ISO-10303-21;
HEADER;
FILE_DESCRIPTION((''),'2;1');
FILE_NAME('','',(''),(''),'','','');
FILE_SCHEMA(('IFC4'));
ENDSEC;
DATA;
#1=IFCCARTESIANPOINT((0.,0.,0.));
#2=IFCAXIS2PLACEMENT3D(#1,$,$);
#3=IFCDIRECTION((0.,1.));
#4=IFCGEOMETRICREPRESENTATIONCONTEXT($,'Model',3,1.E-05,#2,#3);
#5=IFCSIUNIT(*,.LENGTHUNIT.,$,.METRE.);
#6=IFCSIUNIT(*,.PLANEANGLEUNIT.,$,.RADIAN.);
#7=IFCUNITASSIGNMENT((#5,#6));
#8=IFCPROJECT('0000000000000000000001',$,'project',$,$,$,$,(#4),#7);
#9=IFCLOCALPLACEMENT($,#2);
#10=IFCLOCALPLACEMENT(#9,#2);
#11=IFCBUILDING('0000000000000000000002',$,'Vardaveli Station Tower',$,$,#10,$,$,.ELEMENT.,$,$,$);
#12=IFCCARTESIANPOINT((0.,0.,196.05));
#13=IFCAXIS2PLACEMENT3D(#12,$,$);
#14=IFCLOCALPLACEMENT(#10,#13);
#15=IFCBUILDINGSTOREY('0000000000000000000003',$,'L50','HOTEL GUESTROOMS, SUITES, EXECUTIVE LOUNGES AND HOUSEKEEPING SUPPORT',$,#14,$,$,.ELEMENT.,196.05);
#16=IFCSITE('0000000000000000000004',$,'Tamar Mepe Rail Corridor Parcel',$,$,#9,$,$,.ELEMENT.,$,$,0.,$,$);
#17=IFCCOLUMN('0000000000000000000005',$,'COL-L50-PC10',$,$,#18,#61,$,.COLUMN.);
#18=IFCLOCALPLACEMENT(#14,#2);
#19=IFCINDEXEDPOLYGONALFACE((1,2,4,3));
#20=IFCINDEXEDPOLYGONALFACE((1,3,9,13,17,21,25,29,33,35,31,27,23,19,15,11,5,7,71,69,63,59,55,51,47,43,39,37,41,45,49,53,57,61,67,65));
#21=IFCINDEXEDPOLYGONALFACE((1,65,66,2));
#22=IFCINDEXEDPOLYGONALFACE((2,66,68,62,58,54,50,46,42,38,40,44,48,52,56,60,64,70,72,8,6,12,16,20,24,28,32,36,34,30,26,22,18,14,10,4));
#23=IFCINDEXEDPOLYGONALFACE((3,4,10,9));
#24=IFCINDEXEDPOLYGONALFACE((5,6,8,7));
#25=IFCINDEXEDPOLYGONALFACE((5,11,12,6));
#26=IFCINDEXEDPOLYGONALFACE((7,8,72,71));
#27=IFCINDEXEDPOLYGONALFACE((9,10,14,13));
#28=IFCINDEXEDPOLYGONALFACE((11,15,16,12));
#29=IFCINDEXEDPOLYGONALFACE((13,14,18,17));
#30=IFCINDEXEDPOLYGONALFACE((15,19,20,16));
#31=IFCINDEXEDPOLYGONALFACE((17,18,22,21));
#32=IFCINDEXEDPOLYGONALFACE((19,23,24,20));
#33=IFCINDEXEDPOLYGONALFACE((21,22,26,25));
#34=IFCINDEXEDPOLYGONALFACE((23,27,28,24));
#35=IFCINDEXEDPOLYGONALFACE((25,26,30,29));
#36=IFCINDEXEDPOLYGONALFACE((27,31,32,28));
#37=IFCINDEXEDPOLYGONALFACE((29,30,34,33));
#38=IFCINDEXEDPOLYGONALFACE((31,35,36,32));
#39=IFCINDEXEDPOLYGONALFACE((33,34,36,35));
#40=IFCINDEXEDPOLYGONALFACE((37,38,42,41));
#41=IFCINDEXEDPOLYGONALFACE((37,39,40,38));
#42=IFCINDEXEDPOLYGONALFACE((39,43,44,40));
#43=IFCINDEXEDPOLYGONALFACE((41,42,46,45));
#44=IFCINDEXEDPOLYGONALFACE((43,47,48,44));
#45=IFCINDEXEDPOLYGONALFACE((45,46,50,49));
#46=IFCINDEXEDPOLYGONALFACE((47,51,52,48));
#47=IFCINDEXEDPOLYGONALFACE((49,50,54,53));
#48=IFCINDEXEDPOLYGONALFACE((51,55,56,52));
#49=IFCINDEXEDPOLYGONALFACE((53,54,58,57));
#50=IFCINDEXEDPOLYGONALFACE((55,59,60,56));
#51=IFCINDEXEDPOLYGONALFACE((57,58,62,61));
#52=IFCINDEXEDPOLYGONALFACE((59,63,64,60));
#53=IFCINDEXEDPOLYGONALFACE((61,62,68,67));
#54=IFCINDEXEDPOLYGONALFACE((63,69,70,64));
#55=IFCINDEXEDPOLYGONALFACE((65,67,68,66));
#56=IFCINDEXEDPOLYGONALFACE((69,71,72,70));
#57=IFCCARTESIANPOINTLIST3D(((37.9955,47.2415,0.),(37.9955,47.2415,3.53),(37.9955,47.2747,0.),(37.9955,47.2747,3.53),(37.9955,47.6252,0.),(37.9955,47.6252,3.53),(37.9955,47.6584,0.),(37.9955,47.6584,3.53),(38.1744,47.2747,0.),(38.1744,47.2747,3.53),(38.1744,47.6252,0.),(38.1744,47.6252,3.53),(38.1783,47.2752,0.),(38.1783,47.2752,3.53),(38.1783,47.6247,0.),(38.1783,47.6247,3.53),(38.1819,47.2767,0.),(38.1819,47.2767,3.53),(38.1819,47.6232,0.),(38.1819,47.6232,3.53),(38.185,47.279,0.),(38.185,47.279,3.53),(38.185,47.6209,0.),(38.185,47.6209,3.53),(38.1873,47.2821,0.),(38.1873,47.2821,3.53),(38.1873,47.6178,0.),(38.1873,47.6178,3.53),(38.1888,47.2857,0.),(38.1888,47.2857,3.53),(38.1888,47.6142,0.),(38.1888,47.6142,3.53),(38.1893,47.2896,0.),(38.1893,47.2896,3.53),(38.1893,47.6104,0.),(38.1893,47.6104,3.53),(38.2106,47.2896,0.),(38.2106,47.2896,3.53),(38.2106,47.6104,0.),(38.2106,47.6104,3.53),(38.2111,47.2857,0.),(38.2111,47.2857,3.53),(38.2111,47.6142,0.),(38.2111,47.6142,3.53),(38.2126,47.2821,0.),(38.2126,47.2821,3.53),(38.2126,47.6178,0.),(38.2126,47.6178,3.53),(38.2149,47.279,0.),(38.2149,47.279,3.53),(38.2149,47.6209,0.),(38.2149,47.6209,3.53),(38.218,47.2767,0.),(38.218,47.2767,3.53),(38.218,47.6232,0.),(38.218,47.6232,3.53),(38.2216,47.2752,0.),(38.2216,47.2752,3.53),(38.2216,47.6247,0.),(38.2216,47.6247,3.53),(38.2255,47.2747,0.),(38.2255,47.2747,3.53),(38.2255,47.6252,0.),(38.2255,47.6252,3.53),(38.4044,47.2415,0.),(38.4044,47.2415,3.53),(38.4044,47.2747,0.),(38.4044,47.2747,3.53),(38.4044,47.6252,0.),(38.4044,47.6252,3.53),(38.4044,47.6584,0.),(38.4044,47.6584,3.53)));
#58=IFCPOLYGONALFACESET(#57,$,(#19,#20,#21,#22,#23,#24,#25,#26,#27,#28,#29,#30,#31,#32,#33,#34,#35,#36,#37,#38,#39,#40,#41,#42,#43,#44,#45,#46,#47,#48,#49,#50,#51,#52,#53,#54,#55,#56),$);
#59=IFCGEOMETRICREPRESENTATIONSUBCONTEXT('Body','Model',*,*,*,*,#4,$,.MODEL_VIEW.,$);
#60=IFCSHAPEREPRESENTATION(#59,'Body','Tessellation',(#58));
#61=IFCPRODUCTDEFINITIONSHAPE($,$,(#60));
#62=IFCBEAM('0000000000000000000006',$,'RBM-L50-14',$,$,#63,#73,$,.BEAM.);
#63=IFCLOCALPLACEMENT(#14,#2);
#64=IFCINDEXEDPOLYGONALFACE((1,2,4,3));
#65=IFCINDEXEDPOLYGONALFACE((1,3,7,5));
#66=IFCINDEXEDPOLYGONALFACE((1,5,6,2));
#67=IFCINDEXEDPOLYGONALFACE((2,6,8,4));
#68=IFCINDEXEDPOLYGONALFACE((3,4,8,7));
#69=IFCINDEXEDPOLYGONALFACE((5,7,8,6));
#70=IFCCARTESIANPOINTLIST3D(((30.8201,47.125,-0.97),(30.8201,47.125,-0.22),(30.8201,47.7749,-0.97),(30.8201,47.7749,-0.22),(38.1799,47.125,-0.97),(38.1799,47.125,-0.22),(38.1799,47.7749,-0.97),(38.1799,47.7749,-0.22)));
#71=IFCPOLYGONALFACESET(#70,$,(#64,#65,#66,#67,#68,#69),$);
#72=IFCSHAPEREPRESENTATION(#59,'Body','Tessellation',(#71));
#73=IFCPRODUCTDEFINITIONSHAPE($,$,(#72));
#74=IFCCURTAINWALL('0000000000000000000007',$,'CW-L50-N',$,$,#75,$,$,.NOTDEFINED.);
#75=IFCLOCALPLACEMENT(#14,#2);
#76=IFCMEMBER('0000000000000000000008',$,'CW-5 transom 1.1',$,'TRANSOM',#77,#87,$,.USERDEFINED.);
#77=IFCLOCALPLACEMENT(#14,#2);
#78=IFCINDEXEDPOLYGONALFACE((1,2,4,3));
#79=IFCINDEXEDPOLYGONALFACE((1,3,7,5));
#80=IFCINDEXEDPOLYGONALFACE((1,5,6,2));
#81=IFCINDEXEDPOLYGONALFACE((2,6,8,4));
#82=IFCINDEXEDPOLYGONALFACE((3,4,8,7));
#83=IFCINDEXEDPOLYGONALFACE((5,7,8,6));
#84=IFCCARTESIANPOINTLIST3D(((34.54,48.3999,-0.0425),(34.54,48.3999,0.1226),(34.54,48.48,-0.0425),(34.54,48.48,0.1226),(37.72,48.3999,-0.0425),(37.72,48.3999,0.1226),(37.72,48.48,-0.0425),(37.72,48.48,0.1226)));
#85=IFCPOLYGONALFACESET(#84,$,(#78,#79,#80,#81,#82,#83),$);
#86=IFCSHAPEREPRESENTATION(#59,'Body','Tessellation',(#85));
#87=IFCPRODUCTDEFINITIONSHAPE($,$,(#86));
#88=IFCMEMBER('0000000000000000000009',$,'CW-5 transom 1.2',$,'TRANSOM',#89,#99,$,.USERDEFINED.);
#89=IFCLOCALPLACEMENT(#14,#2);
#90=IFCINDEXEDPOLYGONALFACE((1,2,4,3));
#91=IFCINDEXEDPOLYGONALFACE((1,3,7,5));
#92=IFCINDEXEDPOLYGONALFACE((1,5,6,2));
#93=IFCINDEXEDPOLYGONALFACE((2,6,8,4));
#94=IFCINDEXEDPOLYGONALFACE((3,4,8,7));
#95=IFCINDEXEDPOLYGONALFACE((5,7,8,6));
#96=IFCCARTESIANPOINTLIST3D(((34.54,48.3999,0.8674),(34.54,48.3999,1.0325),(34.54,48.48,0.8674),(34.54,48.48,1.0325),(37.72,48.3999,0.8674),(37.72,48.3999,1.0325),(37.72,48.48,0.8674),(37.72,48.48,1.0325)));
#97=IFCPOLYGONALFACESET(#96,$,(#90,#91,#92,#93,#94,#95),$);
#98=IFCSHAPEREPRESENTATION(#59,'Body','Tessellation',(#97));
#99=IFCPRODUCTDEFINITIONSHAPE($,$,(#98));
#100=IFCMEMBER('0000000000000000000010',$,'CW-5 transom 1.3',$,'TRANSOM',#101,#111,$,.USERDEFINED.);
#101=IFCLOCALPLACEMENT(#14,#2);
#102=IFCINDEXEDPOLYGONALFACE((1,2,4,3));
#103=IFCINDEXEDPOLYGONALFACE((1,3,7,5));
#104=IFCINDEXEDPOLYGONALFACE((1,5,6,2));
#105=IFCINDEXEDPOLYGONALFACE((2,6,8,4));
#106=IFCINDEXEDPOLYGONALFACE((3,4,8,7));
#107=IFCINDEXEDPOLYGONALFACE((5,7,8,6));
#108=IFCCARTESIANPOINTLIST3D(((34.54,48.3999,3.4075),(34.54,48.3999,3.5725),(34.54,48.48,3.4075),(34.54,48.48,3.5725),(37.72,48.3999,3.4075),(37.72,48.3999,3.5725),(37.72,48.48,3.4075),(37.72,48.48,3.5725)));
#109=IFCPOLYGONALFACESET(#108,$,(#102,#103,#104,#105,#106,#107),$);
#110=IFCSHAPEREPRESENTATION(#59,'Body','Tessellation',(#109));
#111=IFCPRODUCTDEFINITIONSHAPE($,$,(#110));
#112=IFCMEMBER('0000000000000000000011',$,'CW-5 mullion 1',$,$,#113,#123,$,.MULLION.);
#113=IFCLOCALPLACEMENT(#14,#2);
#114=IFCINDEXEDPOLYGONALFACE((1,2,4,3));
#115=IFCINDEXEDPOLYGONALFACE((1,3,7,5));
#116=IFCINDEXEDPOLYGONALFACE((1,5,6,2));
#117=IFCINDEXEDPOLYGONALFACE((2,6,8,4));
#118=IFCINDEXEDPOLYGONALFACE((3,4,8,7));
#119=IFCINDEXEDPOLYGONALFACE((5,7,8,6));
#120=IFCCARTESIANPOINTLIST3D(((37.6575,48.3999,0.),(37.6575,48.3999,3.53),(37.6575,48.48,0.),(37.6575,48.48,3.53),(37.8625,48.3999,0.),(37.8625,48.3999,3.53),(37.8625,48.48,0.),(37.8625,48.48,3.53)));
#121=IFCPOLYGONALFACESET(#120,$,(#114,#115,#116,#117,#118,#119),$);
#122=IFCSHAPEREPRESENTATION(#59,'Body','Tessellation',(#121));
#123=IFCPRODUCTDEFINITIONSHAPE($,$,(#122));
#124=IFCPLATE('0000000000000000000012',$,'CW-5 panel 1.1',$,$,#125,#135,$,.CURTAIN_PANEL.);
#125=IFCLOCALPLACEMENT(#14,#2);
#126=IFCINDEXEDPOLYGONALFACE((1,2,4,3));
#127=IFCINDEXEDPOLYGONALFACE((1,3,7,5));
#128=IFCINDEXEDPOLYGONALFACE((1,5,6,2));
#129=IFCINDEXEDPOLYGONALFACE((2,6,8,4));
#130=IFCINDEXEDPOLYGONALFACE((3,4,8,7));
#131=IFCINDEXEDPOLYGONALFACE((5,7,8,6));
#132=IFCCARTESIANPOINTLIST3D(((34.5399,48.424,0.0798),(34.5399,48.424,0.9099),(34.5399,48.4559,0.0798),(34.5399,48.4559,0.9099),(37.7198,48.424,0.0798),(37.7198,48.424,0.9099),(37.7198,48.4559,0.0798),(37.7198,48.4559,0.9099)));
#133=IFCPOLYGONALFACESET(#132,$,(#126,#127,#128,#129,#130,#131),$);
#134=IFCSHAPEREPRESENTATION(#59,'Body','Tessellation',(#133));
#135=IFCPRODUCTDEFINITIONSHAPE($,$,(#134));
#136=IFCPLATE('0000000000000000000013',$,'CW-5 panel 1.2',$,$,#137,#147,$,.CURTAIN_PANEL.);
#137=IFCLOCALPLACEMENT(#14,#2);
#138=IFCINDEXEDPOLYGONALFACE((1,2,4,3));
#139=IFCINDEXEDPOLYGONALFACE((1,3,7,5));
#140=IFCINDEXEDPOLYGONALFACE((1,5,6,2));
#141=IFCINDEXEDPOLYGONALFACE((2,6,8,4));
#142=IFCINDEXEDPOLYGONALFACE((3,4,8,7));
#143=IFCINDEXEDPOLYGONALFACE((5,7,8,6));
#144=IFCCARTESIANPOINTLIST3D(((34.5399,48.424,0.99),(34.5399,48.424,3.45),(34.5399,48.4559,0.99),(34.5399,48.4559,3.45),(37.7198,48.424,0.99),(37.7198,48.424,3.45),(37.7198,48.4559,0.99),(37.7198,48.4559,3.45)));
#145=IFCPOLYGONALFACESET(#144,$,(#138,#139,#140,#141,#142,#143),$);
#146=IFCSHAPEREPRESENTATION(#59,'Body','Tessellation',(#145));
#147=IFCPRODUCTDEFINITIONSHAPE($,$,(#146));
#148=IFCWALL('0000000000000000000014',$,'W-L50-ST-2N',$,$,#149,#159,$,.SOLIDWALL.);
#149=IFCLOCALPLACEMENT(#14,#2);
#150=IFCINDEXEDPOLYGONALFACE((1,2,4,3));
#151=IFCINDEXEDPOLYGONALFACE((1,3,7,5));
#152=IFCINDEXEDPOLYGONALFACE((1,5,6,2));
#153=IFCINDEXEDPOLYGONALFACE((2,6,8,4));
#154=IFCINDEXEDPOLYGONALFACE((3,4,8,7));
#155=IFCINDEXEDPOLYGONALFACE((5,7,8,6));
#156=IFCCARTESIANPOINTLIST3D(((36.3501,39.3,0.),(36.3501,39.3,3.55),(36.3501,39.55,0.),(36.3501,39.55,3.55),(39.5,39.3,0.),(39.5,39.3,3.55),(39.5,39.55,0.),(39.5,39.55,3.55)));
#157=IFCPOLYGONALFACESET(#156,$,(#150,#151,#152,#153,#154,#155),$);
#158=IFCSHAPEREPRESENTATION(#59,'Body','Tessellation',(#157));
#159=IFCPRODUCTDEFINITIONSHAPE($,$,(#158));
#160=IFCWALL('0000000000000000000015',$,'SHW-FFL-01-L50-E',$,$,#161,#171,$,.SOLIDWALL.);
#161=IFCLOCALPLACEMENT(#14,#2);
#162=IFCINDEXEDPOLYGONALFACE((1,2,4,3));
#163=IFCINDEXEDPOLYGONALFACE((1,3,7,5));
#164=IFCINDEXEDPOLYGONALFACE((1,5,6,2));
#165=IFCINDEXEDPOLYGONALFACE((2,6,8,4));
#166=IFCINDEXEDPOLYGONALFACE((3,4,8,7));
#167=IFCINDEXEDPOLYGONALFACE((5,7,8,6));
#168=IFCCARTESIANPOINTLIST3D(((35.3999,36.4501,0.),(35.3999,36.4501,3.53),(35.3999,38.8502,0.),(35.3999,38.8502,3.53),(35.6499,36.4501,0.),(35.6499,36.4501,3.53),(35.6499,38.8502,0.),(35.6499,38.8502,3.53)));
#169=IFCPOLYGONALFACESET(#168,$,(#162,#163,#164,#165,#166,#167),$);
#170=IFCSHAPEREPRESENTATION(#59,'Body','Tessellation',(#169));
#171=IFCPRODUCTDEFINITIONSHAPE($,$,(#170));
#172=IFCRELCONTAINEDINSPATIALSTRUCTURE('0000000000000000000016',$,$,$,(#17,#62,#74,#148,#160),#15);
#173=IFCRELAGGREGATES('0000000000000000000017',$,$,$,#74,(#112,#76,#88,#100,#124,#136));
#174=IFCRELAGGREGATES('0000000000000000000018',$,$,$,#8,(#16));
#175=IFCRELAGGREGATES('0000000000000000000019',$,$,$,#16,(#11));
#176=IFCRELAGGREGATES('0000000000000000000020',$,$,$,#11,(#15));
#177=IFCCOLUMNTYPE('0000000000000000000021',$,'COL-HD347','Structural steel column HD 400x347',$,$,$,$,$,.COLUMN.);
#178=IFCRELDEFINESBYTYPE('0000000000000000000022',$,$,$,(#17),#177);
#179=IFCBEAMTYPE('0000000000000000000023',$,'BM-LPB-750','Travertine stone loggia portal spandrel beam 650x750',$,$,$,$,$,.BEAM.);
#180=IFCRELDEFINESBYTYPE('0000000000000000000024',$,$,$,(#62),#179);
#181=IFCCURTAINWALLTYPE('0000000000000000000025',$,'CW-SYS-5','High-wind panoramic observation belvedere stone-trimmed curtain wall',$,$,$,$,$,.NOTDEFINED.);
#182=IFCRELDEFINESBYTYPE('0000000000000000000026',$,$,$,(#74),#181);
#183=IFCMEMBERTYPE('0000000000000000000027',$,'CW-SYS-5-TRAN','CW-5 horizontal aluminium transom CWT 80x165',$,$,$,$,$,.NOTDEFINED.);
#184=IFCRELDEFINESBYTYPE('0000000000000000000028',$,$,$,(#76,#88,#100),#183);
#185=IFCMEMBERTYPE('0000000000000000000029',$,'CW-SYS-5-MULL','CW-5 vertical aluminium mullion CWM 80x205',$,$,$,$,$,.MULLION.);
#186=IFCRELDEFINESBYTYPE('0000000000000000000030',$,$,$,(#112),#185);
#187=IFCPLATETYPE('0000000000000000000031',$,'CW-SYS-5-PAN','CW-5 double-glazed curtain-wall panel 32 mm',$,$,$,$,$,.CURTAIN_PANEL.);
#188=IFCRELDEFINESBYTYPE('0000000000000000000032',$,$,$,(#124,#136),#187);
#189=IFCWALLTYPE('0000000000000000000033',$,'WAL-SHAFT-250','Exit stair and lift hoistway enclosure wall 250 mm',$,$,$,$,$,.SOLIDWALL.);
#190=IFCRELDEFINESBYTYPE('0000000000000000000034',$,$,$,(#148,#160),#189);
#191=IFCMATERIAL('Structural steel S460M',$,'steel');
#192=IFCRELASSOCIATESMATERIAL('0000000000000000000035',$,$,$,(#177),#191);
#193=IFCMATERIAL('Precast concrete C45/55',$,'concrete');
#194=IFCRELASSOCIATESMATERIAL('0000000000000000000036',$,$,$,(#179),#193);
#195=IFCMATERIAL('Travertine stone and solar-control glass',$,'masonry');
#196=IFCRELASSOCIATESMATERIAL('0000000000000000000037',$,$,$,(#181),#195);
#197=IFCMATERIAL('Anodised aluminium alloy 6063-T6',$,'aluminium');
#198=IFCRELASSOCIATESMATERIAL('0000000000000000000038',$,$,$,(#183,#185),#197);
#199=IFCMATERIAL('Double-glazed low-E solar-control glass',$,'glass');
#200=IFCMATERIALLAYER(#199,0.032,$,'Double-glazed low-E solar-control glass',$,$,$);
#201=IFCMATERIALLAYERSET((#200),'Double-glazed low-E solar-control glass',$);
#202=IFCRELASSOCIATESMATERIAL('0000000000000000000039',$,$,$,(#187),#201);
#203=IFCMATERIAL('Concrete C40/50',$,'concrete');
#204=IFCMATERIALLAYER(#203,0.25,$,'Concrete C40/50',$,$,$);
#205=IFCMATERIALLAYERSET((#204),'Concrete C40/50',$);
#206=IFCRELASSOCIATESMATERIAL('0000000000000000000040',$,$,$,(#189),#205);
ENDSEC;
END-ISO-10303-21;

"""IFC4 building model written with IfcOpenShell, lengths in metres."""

from ifc_helpers import new_model, si_unit, direction, frame, frame_2d, origin, origin_2d, place, context, subcontext, project, spatial, rectangle, i_section, extrude, source, transform, mapped, material, layer, layer_set, material_profile, profile_set, type_object, element, aggregate, save


model = new_model("IFC4")

# Units and contexts
model_context = context("Model", 3, precision=1e-05, world=origin(), true_north=direction((0.0, 1.0)))
body_context = subcontext(model_context, "Body", "Model", "MODEL_VIEW")
ifc_project = project(units=[si_unit("LENGTHUNIT", "METRE"), si_unit("PLANEANGLEUNIT", "RADIAN")], contexts=[model_context])

# Site, building, storey
site_placement = place(None, origin())
site = spatial("IfcSite", under=ifc_project, at=site_placement, Name="Tamar Mepe Rail Corridor Parcel", CompositionType="ELEMENT", RefElevation=0.0)
building_placement = place(site_placement, origin())
building = spatial("IfcBuilding", under=site, at=building_placement, Name="Vardaveli Station Tower", CompositionType="ELEMENT")
storey_placement = place(building_placement, frame((0.0, 0.0, 196.05)))
storey = spatial("IfcBuildingStorey", under=building, at=storey_placement, Name="L50", Description="HOTEL GUESTROOMS, SUITES, EXECUTIVE LOUNGES AND HOUSEKEEPING SUPPORT", CompositionType="ELEMENT", Elevation=196.05)

# Column
ifc_material_1 = material(Name="Structural steel S460M", Category="steel")
ifc_material_profile_1 = material_profile(ifc_material_1, i_section(OverallWidth=0.4089, OverallDepth=0.417, WebThickness=0.0212, FlangeThickness=0.0332, FilletRadius=0.0149, at=origin_2d()), Name="HD 400x347")
ifc_profile_set_1 = profile_set([ifc_material_profile_1], Name="Structural steel S460M")
column_type = type_object("IfcColumnType", Name="COL-HD347", Description="Structural steel column HD 400x347", PredefinedType="COLUMN", material=ifc_profile_set_1)
shared_shape_1 = source(origin(), body_context, "Body", "SweptSolid", [
    extrude(i_section(OverallWidth=0.4089, OverallDepth=0.417, WebThickness=0.0212, FlangeThickness=0.0332, FilletRadius=0.0149, at=origin_2d()), origin(), (0.0, 0.0, 1.0), 3.53),
])
column_placement = place(storey_placement, frame((38.2, 47.45, 0.0), z_axis=(0.0, 0.0, 1.0), x_axis=(1.0, 0.0, 0.0)))
element("IfcColumn", 1, at=column_placement, inside=storey, type_object=column_type, Name="COL-L50-PC10", PredefinedType="COLUMN", context=body_context, shape_type="MappedRepresentation", body=[
    mapped(shared_shape_1, transform((0.0, 0.0, 0.0), scale=1.0)),
])

# Beam
ifc_material_2 = material(Name="Precast concrete C45/55", Category="concrete")
ifc_material_profile_2 = material_profile(ifc_material_2, rectangle(XDim=0.6499, YDim=0.75, at=origin_2d()), Name="LPB 650x750")
ifc_profile_set_2 = profile_set([ifc_material_profile_2], Name="Precast concrete C45/55")
beam_type = type_object("IfcBeamType", Name="BM-LPB-750", Description="Travertine stone loggia portal spandrel beam 650x750", PredefinedType="BEAM", material=ifc_profile_set_2)
shared_shape_2 = source(origin(), body_context, "Body", "SweptSolid", [
    extrude(rectangle(XDim=0.6499, YDim=0.75, at=origin_2d()), origin(), (0.0, 0.0, 1.0), 7.3599),
])
beam_placement = place(storey_placement, frame((38.1799, 47.45, -0.595), z_axis=(-1.0, 0.0, 0.0), x_axis=(0.0, -1.0, 0.0)))
element("IfcBeam", 2, at=beam_placement, inside=storey, type_object=beam_type, Name="RBM-L50-14", PredefinedType="BEAM", context=body_context, shape_type="MappedRepresentation", body=[
    mapped(shared_shape_2, transform((0.0, 0.0, 0.0), scale=1.0)),
])

# Curtain wall, members, plates
ifc_material_3 = material(Name="Travertine stone and solar-control glass", Category="masonry")
curtain_wall_type = type_object("IfcCurtainWallType", Name="CW-SYS-5", Description="High-wind panoramic observation belvedere stone-trimmed curtain wall", PredefinedType="NOTDEFINED", material=ifc_material_3)
curtain_wall_placement = place(storey_placement, origin())
curtain_wall = element("IfcCurtainWall", 3, at=curtain_wall_placement, inside=storey, type_object=curtain_wall_type, Name="CW-L50-N", PredefinedType="NOTDEFINED")
ifc_material_4 = material(Name="Anodised aluminium alloy 6063-T6", Category="aluminium")
ifc_material_profile_3 = material_profile(ifc_material_4, rectangle(XDim=0.0801, YDim=0.165, at=origin_2d()), Name="CWT 80x165")
ifc_profile_set_3 = profile_set([ifc_material_profile_3], Name="Anodised aluminium alloy 6063-T6")
member_type_1 = type_object("IfcMemberType", Name="CW-SYS-5-TRAN", Description="CW-5 horizontal aluminium transom CWT 80x165", PredefinedType="NOTDEFINED", material=ifc_profile_set_3)
shared_shape_3 = source(origin(), body_context, "Body", "SweptSolid", [
    extrude(rectangle(XDim=0.0801, YDim=0.165, at=origin_2d()), origin(), (0.0, 0.0, 1.0), 3.1799),
])
member_1_placement = place(storey_placement, frame((37.72, 48.4399, 0.04), z_axis=(-1.0, 0.0, 0.0), x_axis=(0.0, -1.0, 0.0)))
member_1 = element("IfcMember", 4, at=member_1_placement, type_object=member_type_1, Name="CW-5 transom 1.1", ObjectType="TRANSOM", PredefinedType="USERDEFINED", context=body_context, shape_type="MappedRepresentation", body=[
    mapped(shared_shape_3, transform((0.0, 0.0, 0.0), scale=1.0)),
])
member_2_placement = place(storey_placement, frame((37.72, 48.4399, 0.95), z_axis=(-1.0, 0.0, 0.0), x_axis=(0.0, -1.0, 0.0)))
member_2 = element("IfcMember", 5, at=member_2_placement, type_object=member_type_1, Name="CW-5 transom 1.2", ObjectType="TRANSOM", PredefinedType="USERDEFINED", context=body_context, shape_type="MappedRepresentation", body=[
    mapped(shared_shape_3, transform((0.0, 0.0, 0.0), scale=1.0)),
])
member_3_placement = place(storey_placement, frame((37.72, 48.4399, 3.49), z_axis=(-1.0, 0.0, 0.0), x_axis=(0.0, -1.0, 0.0)))
member_3 = element("IfcMember", 6, at=member_3_placement, type_object=member_type_1, Name="CW-5 transom 1.3", ObjectType="TRANSOM", PredefinedType="USERDEFINED", context=body_context, shape_type="MappedRepresentation", body=[
    mapped(shared_shape_3, transform((0.0, 0.0, 0.0), scale=1.0)),
])
ifc_material_profile_4 = material_profile(ifc_material_4, rectangle(XDim=0.0801, YDim=0.2051, at=origin_2d()), Name="CWM 80x205")
ifc_profile_set_4 = profile_set([ifc_material_profile_4], Name="Anodised aluminium alloy 6063-T6")
member_type_2 = type_object("IfcMemberType", Name="CW-SYS-5-MULL", Description="CW-5 vertical aluminium mullion CWM 80x205", PredefinedType="MULLION", material=ifc_profile_set_4)
shared_shape_4 = source(origin(), body_context, "Body", "SweptSolid", [
    extrude(rectangle(XDim=0.0801, YDim=0.2051, at=origin_2d()), origin(), (0.0, 0.0, 1.0), 3.53),
])
member_4_placement = place(storey_placement, frame((37.76, 48.4399, 0.0), z_axis=(0.0, 0.0, 1.0), x_axis=(0.0, -1.0, 0.0)))
member_4 = element("IfcMember", 7, at=member_4_placement, type_object=member_type_2, Name="CW-5 mullion 1", PredefinedType="MULLION", context=body_context, shape_type="MappedRepresentation", body=[
    mapped(shared_shape_4, transform((0.0, 0.0, 0.0), scale=1.0)),
])
ifc_material_5 = material(Name="Double-glazed low-E solar-control glass", Category="glass")
ifc_layer_1 = layer(ifc_material_5, 0.032, Name="Double-glazed low-E solar-control glass")
ifc_layer_set_1 = layer_set([ifc_layer_1], Name="Double-glazed low-E solar-control glass")
plate_type = type_object("IfcPlateType", Name="CW-SYS-5-PAN", Description="CW-5 double-glazed curtain-wall panel 32 mm", PredefinedType="CURTAIN_PANEL", material=ifc_layer_set_1)
shared_shape_5 = source(origin(), body_context, "Body", "SweptSolid", [
    extrude(rectangle(XDim=3.1799, YDim=0.032, at=origin_2d()), origin(), (0.0, 0.0, 1.0), 0.8301),
])
plate_1_placement = place(storey_placement, frame((36.1299, 48.4399, 0.0798), z_axis=(0.0, 0.0, 1.0), x_axis=(-1.0, 0.0, 0.0)))
plate_1 = element("IfcPlate", 8, at=plate_1_placement, type_object=plate_type, Name="CW-5 panel 1.1", PredefinedType="CURTAIN_PANEL", context=body_context, shape_type="MappedRepresentation", body=[
    mapped(shared_shape_5, transform((0.0, 0.0, 0.0), scale=1.0)),
])
shared_shape_6 = source(origin(), body_context, "Body", "SweptSolid", [
    extrude(rectangle(XDim=3.1799, YDim=0.032, at=origin_2d()), origin(), (0.0, 0.0, 1.0), 2.46),
])
plate_2_placement = place(storey_placement, frame((36.1299, 48.4399, 0.99), z_axis=(0.0, 0.0, 1.0), x_axis=(-1.0, 0.0, 0.0)))
plate_2 = element("IfcPlate", 9, at=plate_2_placement, type_object=plate_type, Name="CW-5 panel 1.2", PredefinedType="CURTAIN_PANEL", context=body_context, shape_type="MappedRepresentation", body=[
    mapped(shared_shape_6, transform((0.0, 0.0, 0.0), scale=1.0)),
])
aggregate(curtain_wall, [member_4, member_1, member_2, member_3, plate_1, plate_2])

# Walls
ifc_material_6 = material(Name="Concrete C40/50", Category="concrete")
ifc_layer_2 = layer(ifc_material_6, 0.25, Name="Concrete C40/50")
ifc_layer_set_2 = layer_set([ifc_layer_2], Name="Concrete C40/50")
wall_type_1 = type_object("IfcWallType", Name="WAL-SHAFT-250", Description="Exit stair and lift hoistway enclosure wall 250 mm", PredefinedType="SOLIDWALL", material=ifc_layer_set_2)
shared_shape_7 = source(origin(), body_context, "Body", "SweptSolid", [
    extrude(rectangle(XDim=3.1499, YDim=0.25, at=frame_2d((1.575, 0.0))), origin(), (0.0, 0.0, 1.0), 3.55),
])
wall_1_placement = place(storey_placement, frame((36.3501, 39.425, 0.0), z_axis=(0.0, 0.0, 1.0), x_axis=(1.0, 0.0, 0.0)))
element("IfcWall", 10, at=wall_1_placement, inside=storey, type_object=wall_type_1, Name="W-L50-ST-2N", PredefinedType="SOLIDWALL", context=body_context, shape_type="MappedRepresentation", body=[
    mapped(shared_shape_7, transform((0.0, 0.0, 0.0), scale=1.0)),
])
shared_shape_8 = source(origin(), body_context, "Body", "SweptSolid", [
    extrude(rectangle(XDim=2.4001, YDim=0.25, at=frame_2d((1.2002, 0.0))), origin(), (0.0, 0.0, 1.0), 3.53),
])
for number, where, z_axis, x_axis, name in (
    (11, (35.5249, 36.45, 0.0), (0.0, 0.0, 1.0), (0.0, 1.0, 0.0), "SHW-FFL-01-L50-E"),
):
    element("IfcWall", number, at=place(storey_placement, frame(where, z_axis=z_axis, x_axis=x_axis)), inside=storey, type_object=wall_type_1, Name=name, PredefinedType="SOLIDWALL", context=body_context, shape_type="MappedRepresentation", body=[
        mapped(shared_shape_8, transform((0.0, 0.0, 0.0), scale=1.0)),
    ])

save(model, "model.ifc")
